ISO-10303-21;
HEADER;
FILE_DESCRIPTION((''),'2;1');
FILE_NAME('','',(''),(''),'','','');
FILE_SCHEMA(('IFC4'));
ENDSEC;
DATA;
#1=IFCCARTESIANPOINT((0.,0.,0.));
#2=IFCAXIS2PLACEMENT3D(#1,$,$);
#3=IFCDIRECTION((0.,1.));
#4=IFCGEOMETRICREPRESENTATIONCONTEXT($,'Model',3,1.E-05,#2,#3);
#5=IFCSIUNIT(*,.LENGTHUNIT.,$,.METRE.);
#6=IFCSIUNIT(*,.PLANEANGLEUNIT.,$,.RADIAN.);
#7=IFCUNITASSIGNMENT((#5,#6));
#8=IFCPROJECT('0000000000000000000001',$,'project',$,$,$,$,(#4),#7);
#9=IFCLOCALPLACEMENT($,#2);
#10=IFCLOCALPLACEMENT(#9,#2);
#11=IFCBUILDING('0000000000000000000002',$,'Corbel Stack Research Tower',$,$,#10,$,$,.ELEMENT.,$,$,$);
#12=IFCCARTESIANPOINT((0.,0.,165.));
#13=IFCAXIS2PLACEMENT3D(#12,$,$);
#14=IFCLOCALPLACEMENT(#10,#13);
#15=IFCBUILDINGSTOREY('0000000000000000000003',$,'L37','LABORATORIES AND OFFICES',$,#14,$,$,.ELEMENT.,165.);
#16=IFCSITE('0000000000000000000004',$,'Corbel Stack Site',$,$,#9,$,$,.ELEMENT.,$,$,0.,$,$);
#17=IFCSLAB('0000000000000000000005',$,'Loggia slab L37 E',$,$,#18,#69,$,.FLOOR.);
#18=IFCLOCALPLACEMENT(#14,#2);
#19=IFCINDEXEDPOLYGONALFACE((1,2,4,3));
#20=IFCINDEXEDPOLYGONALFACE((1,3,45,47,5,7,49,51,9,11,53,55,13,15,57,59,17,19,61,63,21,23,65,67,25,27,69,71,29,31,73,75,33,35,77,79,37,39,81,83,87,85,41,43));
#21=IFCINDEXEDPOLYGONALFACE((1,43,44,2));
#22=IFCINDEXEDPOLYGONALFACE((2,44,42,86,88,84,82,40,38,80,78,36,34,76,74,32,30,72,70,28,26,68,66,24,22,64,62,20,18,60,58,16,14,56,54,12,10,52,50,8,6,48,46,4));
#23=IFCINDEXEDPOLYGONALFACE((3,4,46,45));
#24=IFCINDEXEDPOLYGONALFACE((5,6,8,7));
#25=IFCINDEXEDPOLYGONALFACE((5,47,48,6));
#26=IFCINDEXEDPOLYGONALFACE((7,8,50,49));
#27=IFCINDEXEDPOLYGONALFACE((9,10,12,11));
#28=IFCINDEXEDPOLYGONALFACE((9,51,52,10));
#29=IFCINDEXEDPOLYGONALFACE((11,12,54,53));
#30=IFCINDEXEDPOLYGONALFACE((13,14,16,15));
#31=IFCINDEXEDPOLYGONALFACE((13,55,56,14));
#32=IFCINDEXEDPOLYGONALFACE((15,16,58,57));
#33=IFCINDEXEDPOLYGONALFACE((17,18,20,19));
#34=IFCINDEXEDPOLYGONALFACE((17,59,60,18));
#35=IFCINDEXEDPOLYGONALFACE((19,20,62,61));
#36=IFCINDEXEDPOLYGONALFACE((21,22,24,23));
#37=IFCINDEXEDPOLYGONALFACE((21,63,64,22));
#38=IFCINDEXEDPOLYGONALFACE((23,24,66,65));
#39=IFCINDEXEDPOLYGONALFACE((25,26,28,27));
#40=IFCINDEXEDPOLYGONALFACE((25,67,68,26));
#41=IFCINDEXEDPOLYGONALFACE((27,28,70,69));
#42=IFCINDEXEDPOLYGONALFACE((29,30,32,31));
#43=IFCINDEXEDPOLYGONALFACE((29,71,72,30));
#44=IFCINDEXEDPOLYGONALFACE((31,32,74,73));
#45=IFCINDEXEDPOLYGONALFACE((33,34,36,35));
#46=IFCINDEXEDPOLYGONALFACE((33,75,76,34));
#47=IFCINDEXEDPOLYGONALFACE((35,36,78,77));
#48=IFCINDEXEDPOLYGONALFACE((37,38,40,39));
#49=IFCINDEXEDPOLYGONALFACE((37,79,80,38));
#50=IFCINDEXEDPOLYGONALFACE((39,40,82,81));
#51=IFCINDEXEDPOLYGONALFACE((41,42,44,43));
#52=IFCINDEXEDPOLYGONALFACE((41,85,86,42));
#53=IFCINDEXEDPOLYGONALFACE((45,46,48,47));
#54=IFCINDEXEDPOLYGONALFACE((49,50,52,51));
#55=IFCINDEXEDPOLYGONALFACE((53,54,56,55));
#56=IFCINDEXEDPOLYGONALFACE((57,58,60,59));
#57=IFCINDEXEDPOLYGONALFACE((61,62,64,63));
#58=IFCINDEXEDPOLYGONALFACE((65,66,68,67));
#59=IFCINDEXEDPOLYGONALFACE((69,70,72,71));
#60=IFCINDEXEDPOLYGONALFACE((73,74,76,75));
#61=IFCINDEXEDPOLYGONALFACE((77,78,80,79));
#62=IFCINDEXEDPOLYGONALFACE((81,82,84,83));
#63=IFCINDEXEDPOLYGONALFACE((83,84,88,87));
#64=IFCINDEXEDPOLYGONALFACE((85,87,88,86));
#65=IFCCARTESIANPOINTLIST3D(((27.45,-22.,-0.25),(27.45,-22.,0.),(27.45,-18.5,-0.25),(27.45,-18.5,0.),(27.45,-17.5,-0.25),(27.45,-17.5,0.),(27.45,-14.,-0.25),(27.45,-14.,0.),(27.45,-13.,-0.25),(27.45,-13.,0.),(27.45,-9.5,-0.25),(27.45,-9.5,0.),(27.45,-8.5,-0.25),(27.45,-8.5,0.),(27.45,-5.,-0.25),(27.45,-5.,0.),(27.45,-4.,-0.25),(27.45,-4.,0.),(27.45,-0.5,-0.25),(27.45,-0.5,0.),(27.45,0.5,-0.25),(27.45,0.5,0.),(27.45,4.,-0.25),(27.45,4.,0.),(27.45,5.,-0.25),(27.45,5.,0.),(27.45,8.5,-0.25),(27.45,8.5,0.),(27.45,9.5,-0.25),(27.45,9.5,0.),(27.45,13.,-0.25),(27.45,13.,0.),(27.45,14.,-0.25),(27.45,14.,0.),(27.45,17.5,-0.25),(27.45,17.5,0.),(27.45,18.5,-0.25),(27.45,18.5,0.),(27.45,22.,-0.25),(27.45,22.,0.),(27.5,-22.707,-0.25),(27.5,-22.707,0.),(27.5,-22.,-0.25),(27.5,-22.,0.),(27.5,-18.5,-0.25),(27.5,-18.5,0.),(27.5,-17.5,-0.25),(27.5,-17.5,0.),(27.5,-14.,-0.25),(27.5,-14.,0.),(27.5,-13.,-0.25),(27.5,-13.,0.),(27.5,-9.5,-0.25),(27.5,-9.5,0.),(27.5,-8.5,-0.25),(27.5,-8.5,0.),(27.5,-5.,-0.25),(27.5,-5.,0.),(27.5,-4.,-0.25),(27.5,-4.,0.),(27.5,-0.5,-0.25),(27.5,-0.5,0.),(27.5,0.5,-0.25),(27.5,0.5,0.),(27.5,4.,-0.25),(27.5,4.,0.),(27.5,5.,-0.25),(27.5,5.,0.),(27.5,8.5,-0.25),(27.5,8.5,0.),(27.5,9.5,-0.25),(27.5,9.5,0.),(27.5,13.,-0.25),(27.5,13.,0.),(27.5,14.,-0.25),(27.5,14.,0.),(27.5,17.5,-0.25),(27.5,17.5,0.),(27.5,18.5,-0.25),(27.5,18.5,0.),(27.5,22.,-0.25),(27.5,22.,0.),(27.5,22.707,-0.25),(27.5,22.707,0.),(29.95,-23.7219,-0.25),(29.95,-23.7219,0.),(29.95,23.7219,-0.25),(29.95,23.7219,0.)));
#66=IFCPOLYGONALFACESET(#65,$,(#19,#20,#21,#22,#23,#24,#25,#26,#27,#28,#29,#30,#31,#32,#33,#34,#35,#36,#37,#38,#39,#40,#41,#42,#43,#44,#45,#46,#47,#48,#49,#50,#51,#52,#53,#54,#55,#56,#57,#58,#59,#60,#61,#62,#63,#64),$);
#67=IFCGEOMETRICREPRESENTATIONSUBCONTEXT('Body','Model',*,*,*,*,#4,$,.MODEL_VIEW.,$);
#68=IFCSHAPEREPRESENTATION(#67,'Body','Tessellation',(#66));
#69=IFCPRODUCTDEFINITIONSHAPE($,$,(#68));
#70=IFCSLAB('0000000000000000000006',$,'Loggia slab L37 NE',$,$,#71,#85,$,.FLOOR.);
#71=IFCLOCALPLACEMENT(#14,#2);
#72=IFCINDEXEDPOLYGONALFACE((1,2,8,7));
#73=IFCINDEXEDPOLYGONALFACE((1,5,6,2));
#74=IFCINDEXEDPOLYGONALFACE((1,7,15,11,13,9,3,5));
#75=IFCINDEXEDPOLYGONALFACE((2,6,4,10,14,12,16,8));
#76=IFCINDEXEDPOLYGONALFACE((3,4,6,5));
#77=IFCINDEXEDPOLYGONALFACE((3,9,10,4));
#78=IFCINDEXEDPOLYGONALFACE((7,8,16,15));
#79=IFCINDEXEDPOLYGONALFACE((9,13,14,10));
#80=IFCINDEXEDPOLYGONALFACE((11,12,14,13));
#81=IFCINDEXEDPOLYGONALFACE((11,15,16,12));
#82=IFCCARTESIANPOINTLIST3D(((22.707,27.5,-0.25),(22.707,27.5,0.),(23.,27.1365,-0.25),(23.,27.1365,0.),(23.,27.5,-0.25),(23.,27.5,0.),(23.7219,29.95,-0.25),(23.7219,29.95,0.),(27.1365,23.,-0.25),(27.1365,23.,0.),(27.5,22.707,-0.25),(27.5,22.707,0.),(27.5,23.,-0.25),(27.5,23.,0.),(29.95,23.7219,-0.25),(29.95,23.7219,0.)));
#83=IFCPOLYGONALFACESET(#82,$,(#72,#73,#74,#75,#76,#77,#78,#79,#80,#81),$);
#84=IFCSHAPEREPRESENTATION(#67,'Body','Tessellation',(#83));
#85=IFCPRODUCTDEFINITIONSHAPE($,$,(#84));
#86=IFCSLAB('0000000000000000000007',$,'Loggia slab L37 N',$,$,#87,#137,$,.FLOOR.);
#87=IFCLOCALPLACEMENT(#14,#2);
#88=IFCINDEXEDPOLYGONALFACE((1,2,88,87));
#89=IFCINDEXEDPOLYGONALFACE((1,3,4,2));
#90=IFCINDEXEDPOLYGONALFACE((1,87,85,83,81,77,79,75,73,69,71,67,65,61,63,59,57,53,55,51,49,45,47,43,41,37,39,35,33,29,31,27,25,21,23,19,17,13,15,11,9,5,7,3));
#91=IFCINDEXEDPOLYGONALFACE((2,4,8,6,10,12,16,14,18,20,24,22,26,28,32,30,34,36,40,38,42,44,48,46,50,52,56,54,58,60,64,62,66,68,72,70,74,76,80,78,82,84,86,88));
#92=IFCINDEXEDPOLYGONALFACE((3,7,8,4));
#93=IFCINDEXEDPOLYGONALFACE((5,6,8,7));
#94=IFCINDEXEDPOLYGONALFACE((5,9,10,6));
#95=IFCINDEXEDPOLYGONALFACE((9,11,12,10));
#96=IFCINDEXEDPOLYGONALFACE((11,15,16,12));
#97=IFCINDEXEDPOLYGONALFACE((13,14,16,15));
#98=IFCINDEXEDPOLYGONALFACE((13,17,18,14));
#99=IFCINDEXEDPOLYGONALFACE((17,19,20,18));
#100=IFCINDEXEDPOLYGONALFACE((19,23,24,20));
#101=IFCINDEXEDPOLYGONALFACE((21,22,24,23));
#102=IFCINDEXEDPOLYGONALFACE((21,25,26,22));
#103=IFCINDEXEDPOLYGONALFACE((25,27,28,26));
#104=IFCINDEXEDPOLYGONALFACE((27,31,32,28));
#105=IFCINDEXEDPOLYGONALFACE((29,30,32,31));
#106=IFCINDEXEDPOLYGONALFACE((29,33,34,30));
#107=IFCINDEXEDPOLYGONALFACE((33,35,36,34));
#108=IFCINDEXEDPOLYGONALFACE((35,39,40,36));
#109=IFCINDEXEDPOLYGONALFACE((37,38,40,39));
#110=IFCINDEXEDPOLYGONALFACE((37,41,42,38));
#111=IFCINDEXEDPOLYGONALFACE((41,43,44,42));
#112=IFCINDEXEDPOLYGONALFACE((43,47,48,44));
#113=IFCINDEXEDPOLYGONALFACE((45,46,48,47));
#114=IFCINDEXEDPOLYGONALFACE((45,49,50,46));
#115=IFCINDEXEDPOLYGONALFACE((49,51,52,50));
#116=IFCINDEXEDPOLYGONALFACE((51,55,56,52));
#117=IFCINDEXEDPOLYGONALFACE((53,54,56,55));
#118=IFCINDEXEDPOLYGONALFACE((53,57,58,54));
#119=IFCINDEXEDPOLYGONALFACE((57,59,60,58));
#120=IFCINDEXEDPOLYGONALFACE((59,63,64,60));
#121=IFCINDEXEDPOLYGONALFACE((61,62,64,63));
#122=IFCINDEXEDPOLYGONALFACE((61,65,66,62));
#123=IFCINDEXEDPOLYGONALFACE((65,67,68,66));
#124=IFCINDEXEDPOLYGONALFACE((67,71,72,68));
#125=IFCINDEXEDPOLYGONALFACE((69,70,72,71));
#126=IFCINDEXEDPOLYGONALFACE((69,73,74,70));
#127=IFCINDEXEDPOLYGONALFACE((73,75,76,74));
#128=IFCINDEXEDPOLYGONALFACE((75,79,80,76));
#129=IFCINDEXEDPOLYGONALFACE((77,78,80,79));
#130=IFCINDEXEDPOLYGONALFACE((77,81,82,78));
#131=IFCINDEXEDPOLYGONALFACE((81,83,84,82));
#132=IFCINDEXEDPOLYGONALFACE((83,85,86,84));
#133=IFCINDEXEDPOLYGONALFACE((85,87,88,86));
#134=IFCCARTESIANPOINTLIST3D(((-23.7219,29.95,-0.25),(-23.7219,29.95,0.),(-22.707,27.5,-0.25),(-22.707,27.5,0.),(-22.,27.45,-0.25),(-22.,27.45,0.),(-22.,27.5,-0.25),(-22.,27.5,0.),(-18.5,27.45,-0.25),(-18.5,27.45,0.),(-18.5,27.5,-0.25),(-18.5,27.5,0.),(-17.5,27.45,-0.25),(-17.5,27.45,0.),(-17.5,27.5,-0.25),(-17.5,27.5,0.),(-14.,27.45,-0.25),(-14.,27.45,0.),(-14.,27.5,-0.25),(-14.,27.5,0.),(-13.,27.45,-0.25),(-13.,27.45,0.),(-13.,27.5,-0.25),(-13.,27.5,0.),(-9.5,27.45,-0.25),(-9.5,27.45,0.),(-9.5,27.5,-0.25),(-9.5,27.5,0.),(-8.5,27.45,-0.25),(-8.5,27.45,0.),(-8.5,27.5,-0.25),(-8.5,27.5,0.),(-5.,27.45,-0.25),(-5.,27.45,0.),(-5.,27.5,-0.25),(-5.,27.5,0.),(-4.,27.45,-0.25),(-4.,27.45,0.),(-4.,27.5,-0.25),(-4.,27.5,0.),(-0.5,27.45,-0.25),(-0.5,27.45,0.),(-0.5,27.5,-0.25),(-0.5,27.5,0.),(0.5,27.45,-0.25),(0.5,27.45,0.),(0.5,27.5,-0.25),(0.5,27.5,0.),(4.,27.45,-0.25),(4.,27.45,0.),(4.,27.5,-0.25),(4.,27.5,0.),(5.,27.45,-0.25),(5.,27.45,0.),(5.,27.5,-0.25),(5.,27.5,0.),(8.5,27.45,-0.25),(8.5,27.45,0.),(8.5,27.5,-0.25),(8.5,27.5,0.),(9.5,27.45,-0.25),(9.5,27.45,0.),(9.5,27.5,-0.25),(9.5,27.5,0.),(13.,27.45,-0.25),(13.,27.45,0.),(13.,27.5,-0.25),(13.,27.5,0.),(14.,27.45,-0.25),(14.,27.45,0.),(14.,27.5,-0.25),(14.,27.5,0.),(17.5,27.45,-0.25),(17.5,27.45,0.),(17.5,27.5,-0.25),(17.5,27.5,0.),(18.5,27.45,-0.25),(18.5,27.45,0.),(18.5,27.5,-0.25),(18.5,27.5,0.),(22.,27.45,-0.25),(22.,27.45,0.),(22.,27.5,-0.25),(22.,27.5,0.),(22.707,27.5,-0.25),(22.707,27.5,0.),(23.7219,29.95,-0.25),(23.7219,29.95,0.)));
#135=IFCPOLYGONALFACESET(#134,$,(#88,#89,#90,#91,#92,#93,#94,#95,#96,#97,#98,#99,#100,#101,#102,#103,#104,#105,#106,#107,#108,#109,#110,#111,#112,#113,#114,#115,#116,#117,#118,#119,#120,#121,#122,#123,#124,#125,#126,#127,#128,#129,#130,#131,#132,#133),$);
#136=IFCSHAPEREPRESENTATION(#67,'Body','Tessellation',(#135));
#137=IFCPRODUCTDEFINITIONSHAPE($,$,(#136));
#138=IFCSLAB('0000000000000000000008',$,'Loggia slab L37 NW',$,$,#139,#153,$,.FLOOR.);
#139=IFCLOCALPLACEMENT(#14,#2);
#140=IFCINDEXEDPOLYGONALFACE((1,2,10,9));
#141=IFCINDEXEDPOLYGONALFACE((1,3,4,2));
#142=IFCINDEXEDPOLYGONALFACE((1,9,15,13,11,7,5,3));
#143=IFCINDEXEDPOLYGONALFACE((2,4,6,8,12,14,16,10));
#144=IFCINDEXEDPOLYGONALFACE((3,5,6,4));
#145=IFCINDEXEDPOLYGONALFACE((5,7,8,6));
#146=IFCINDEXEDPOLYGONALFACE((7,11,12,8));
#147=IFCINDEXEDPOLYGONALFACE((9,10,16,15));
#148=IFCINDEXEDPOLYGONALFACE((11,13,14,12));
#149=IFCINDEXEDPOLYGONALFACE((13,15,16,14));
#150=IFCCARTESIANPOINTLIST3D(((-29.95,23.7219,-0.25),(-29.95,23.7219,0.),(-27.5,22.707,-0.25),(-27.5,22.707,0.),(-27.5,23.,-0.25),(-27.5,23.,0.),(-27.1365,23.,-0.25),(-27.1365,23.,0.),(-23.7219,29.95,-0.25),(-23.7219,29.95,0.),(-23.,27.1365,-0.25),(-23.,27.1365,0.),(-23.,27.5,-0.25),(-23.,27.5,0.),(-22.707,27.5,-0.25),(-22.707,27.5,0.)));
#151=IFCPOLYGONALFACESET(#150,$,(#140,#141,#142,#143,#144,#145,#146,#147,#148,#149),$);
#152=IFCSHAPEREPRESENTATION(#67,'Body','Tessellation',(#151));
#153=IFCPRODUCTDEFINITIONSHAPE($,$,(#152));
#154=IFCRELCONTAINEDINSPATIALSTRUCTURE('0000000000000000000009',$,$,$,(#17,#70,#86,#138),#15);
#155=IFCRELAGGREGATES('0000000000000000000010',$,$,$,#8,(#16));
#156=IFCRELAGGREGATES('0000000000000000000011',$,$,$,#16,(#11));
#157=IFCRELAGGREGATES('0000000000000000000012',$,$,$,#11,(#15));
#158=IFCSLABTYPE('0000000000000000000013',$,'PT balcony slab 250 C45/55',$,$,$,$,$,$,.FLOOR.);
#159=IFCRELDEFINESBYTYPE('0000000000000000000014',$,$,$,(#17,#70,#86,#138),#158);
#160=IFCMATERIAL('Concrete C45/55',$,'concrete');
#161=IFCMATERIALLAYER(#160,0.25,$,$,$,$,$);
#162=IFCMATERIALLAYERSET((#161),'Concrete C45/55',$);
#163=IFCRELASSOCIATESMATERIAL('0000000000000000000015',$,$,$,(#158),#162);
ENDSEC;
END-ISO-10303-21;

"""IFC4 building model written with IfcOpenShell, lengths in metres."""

from ifc_helpers import new_model, si_unit, direction, frame, origin, place, context, subcontext, project, spatial, polyline, outline, extrude, material, layer, layer_set, type_object, element, save


model = new_model("IFC4")

# Units and contexts
model_context = context("Model", 3, precision=1e-05, world=origin(), true_north=direction((0.0, 1.0)))
body_context = subcontext(model_context, "Body", "Model", "MODEL_VIEW")
ifc_project = project(units=[si_unit("LENGTHUNIT", "METRE"), si_unit("PLANEANGLEUNIT", "RADIAN")], contexts=[model_context])

# Site, building, storey
site_placement = place(None, origin())
site = spatial("IfcSite", under=ifc_project, at=site_placement, Name="Corbel Stack Site", CompositionType="ELEMENT", RefElevation=0.0)
building_placement = place(site_placement, origin())
building = spatial("IfcBuilding", under=site, at=building_placement, Name="Corbel Stack Research Tower", CompositionType="ELEMENT")
storey_placement = place(building_placement, frame((0.0, 0.0, 165.0)))
storey = spatial("IfcBuildingStorey", under=building, at=storey_placement, Name="L37", Description="LABORATORIES AND OFFICES", CompositionType="ELEMENT", Elevation=165.0)

# Slabs
ifc_material_1 = material(Name="Concrete C45/55", Category="concrete")
ifc_layer_1 = layer(ifc_material_1, 0.25)
ifc_layer_set_1 = layer_set([ifc_layer_1], Name="Concrete C45/55")
slab_type_1 = type_object("IfcSlabType", Name="PT balcony slab 250 C45/55", PredefinedType="FLOOR", material=ifc_layer_set_1)
slab_1_placement = place(storey_placement, frame((0.0, 0.0, -0.25)))
element("IfcSlab", 1, at=slab_1_placement, inside=storey, type_object=slab_type_1, Name="Loggia slab L37 E", PredefinedType="FLOOR", context=body_context, shape_type="SweptSolid", body=[
    extrude(outline(polyline([(27.5, 22.707), (27.5, 22.0), (27.45, 22.0), (27.45, 18.5), (27.5, 18.5), (27.5, 17.5), (27.45, 17.5), (27.45, 14.0), (27.5, 14.0), (27.5, 13.0), (27.45, 13.0), (27.45, 9.5), (27.5, 9.5), (27.5, 8.5), (27.45, 8.5), (27.45, 5.0), (27.5, 5.0), (27.5, 4.0), (27.45, 4.0), (27.45, 0.5), (27.5, 0.5), (27.5, -0.5), (27.45, -0.5), (27.45, -4.0), (27.5, -4.0), (27.5, -5.0), (27.45, -5.0), (27.45, -8.5), (27.5, -8.5), (27.5, -9.5), (27.45, -9.5), (27.45, -13.0), (27.5, -13.0), (27.5, -14.0), (27.45, -14.0), (27.45, -17.5), (27.5, -17.5), (27.5, -18.5), (27.45, -18.5), (27.45, -22.0), (27.5, -22.0), (27.5, -22.707), (29.95, -23.7219), (29.95, 23.7219), (27.5, 22.707)])), origin(), (0.0, 0.0, 1.0), 0.25),
])
slab_2_placement = place(storey_placement, frame((0.0, 0.0, -0.25)))
element("IfcSlab", 2, at=slab_2_placement, inside=storey, type_object=slab_type_1, Name="Loggia slab L37 NE", PredefinedType="FLOOR", context=body_context, shape_type="SweptSolid", body=[
    extrude(outline(polyline([(22.707, 27.5), (23.0, 27.5), (23.0, 27.1365), (27.1365, 23.0), (27.5, 23.0), (27.5, 22.707), (29.95, 23.7219), (23.7219, 29.95), (22.707, 27.5)])), origin(), (0.0, 0.0, 1.0), 0.25),
])
slab_3_placement = place(storey_placement, frame((0.0, 0.0, -0.25)))
element("IfcSlab", 3, at=slab_3_placement, inside=storey, type_object=slab_type_1, Name="Loggia slab L37 N", PredefinedType="FLOOR", context=body_context, shape_type="SweptSolid", body=[
    extrude(outline(polyline([(-22.707, 27.5), (-22.0, 27.5), (-22.0, 27.45), (-18.5, 27.45), (-18.5, 27.5), (-17.5, 27.5), (-17.5, 27.45), (-14.0, 27.45), (-14.0, 27.5), (-13.0, 27.5), (-13.0, 27.45), (-9.5, 27.45), (-9.5, 27.5), (-8.5, 27.5), (-8.5, 27.45), (-5.0, 27.45), (-5.0, 27.5), (-4.0, 27.5), (-4.0, 27.45), (-0.5, 27.45), (-0.5, 27.5), (0.5, 27.5), (0.5, 27.45), (4.0, 27.45), (4.0, 27.5), (5.0, 27.5), (5.0, 27.45), (8.5, 27.45), (8.5, 27.5), (9.5, 27.5), (9.5, 27.45), (13.0, 27.45), (13.0, 27.5), (14.0, 27.5), (14.0, 27.45), (17.5, 27.45), (17.5, 27.5), (18.5, 27.5), (18.5, 27.45), (22.0, 27.45), (22.0, 27.5), (22.707, 27.5), (23.7219, 29.95), (-23.7219, 29.95), (-22.707, 27.5)])), origin(), (0.0, 0.0, 1.0), 0.25),
])
slab_4_placement = place(storey_placement, frame((0.0, 0.0, -0.25)))
element("IfcSlab", 4, at=slab_4_placement, inside=storey, type_object=slab_type_1, Name="Loggia slab L37 NW", PredefinedType="FLOOR", context=body_context, shape_type="SweptSolid", body=[
    extrude(outline(polyline([(-27.5, 22.707), (-27.5, 23.0), (-27.1365, 23.0), (-23.0, 27.1365), (-23.0, 27.5), (-22.707, 27.5), (-23.7219, 29.95), (-29.95, 23.7219), (-27.5, 22.707)])), origin(), (0.0, 0.0, 1.0), 0.25),
])

save(model, "model.ifc")
